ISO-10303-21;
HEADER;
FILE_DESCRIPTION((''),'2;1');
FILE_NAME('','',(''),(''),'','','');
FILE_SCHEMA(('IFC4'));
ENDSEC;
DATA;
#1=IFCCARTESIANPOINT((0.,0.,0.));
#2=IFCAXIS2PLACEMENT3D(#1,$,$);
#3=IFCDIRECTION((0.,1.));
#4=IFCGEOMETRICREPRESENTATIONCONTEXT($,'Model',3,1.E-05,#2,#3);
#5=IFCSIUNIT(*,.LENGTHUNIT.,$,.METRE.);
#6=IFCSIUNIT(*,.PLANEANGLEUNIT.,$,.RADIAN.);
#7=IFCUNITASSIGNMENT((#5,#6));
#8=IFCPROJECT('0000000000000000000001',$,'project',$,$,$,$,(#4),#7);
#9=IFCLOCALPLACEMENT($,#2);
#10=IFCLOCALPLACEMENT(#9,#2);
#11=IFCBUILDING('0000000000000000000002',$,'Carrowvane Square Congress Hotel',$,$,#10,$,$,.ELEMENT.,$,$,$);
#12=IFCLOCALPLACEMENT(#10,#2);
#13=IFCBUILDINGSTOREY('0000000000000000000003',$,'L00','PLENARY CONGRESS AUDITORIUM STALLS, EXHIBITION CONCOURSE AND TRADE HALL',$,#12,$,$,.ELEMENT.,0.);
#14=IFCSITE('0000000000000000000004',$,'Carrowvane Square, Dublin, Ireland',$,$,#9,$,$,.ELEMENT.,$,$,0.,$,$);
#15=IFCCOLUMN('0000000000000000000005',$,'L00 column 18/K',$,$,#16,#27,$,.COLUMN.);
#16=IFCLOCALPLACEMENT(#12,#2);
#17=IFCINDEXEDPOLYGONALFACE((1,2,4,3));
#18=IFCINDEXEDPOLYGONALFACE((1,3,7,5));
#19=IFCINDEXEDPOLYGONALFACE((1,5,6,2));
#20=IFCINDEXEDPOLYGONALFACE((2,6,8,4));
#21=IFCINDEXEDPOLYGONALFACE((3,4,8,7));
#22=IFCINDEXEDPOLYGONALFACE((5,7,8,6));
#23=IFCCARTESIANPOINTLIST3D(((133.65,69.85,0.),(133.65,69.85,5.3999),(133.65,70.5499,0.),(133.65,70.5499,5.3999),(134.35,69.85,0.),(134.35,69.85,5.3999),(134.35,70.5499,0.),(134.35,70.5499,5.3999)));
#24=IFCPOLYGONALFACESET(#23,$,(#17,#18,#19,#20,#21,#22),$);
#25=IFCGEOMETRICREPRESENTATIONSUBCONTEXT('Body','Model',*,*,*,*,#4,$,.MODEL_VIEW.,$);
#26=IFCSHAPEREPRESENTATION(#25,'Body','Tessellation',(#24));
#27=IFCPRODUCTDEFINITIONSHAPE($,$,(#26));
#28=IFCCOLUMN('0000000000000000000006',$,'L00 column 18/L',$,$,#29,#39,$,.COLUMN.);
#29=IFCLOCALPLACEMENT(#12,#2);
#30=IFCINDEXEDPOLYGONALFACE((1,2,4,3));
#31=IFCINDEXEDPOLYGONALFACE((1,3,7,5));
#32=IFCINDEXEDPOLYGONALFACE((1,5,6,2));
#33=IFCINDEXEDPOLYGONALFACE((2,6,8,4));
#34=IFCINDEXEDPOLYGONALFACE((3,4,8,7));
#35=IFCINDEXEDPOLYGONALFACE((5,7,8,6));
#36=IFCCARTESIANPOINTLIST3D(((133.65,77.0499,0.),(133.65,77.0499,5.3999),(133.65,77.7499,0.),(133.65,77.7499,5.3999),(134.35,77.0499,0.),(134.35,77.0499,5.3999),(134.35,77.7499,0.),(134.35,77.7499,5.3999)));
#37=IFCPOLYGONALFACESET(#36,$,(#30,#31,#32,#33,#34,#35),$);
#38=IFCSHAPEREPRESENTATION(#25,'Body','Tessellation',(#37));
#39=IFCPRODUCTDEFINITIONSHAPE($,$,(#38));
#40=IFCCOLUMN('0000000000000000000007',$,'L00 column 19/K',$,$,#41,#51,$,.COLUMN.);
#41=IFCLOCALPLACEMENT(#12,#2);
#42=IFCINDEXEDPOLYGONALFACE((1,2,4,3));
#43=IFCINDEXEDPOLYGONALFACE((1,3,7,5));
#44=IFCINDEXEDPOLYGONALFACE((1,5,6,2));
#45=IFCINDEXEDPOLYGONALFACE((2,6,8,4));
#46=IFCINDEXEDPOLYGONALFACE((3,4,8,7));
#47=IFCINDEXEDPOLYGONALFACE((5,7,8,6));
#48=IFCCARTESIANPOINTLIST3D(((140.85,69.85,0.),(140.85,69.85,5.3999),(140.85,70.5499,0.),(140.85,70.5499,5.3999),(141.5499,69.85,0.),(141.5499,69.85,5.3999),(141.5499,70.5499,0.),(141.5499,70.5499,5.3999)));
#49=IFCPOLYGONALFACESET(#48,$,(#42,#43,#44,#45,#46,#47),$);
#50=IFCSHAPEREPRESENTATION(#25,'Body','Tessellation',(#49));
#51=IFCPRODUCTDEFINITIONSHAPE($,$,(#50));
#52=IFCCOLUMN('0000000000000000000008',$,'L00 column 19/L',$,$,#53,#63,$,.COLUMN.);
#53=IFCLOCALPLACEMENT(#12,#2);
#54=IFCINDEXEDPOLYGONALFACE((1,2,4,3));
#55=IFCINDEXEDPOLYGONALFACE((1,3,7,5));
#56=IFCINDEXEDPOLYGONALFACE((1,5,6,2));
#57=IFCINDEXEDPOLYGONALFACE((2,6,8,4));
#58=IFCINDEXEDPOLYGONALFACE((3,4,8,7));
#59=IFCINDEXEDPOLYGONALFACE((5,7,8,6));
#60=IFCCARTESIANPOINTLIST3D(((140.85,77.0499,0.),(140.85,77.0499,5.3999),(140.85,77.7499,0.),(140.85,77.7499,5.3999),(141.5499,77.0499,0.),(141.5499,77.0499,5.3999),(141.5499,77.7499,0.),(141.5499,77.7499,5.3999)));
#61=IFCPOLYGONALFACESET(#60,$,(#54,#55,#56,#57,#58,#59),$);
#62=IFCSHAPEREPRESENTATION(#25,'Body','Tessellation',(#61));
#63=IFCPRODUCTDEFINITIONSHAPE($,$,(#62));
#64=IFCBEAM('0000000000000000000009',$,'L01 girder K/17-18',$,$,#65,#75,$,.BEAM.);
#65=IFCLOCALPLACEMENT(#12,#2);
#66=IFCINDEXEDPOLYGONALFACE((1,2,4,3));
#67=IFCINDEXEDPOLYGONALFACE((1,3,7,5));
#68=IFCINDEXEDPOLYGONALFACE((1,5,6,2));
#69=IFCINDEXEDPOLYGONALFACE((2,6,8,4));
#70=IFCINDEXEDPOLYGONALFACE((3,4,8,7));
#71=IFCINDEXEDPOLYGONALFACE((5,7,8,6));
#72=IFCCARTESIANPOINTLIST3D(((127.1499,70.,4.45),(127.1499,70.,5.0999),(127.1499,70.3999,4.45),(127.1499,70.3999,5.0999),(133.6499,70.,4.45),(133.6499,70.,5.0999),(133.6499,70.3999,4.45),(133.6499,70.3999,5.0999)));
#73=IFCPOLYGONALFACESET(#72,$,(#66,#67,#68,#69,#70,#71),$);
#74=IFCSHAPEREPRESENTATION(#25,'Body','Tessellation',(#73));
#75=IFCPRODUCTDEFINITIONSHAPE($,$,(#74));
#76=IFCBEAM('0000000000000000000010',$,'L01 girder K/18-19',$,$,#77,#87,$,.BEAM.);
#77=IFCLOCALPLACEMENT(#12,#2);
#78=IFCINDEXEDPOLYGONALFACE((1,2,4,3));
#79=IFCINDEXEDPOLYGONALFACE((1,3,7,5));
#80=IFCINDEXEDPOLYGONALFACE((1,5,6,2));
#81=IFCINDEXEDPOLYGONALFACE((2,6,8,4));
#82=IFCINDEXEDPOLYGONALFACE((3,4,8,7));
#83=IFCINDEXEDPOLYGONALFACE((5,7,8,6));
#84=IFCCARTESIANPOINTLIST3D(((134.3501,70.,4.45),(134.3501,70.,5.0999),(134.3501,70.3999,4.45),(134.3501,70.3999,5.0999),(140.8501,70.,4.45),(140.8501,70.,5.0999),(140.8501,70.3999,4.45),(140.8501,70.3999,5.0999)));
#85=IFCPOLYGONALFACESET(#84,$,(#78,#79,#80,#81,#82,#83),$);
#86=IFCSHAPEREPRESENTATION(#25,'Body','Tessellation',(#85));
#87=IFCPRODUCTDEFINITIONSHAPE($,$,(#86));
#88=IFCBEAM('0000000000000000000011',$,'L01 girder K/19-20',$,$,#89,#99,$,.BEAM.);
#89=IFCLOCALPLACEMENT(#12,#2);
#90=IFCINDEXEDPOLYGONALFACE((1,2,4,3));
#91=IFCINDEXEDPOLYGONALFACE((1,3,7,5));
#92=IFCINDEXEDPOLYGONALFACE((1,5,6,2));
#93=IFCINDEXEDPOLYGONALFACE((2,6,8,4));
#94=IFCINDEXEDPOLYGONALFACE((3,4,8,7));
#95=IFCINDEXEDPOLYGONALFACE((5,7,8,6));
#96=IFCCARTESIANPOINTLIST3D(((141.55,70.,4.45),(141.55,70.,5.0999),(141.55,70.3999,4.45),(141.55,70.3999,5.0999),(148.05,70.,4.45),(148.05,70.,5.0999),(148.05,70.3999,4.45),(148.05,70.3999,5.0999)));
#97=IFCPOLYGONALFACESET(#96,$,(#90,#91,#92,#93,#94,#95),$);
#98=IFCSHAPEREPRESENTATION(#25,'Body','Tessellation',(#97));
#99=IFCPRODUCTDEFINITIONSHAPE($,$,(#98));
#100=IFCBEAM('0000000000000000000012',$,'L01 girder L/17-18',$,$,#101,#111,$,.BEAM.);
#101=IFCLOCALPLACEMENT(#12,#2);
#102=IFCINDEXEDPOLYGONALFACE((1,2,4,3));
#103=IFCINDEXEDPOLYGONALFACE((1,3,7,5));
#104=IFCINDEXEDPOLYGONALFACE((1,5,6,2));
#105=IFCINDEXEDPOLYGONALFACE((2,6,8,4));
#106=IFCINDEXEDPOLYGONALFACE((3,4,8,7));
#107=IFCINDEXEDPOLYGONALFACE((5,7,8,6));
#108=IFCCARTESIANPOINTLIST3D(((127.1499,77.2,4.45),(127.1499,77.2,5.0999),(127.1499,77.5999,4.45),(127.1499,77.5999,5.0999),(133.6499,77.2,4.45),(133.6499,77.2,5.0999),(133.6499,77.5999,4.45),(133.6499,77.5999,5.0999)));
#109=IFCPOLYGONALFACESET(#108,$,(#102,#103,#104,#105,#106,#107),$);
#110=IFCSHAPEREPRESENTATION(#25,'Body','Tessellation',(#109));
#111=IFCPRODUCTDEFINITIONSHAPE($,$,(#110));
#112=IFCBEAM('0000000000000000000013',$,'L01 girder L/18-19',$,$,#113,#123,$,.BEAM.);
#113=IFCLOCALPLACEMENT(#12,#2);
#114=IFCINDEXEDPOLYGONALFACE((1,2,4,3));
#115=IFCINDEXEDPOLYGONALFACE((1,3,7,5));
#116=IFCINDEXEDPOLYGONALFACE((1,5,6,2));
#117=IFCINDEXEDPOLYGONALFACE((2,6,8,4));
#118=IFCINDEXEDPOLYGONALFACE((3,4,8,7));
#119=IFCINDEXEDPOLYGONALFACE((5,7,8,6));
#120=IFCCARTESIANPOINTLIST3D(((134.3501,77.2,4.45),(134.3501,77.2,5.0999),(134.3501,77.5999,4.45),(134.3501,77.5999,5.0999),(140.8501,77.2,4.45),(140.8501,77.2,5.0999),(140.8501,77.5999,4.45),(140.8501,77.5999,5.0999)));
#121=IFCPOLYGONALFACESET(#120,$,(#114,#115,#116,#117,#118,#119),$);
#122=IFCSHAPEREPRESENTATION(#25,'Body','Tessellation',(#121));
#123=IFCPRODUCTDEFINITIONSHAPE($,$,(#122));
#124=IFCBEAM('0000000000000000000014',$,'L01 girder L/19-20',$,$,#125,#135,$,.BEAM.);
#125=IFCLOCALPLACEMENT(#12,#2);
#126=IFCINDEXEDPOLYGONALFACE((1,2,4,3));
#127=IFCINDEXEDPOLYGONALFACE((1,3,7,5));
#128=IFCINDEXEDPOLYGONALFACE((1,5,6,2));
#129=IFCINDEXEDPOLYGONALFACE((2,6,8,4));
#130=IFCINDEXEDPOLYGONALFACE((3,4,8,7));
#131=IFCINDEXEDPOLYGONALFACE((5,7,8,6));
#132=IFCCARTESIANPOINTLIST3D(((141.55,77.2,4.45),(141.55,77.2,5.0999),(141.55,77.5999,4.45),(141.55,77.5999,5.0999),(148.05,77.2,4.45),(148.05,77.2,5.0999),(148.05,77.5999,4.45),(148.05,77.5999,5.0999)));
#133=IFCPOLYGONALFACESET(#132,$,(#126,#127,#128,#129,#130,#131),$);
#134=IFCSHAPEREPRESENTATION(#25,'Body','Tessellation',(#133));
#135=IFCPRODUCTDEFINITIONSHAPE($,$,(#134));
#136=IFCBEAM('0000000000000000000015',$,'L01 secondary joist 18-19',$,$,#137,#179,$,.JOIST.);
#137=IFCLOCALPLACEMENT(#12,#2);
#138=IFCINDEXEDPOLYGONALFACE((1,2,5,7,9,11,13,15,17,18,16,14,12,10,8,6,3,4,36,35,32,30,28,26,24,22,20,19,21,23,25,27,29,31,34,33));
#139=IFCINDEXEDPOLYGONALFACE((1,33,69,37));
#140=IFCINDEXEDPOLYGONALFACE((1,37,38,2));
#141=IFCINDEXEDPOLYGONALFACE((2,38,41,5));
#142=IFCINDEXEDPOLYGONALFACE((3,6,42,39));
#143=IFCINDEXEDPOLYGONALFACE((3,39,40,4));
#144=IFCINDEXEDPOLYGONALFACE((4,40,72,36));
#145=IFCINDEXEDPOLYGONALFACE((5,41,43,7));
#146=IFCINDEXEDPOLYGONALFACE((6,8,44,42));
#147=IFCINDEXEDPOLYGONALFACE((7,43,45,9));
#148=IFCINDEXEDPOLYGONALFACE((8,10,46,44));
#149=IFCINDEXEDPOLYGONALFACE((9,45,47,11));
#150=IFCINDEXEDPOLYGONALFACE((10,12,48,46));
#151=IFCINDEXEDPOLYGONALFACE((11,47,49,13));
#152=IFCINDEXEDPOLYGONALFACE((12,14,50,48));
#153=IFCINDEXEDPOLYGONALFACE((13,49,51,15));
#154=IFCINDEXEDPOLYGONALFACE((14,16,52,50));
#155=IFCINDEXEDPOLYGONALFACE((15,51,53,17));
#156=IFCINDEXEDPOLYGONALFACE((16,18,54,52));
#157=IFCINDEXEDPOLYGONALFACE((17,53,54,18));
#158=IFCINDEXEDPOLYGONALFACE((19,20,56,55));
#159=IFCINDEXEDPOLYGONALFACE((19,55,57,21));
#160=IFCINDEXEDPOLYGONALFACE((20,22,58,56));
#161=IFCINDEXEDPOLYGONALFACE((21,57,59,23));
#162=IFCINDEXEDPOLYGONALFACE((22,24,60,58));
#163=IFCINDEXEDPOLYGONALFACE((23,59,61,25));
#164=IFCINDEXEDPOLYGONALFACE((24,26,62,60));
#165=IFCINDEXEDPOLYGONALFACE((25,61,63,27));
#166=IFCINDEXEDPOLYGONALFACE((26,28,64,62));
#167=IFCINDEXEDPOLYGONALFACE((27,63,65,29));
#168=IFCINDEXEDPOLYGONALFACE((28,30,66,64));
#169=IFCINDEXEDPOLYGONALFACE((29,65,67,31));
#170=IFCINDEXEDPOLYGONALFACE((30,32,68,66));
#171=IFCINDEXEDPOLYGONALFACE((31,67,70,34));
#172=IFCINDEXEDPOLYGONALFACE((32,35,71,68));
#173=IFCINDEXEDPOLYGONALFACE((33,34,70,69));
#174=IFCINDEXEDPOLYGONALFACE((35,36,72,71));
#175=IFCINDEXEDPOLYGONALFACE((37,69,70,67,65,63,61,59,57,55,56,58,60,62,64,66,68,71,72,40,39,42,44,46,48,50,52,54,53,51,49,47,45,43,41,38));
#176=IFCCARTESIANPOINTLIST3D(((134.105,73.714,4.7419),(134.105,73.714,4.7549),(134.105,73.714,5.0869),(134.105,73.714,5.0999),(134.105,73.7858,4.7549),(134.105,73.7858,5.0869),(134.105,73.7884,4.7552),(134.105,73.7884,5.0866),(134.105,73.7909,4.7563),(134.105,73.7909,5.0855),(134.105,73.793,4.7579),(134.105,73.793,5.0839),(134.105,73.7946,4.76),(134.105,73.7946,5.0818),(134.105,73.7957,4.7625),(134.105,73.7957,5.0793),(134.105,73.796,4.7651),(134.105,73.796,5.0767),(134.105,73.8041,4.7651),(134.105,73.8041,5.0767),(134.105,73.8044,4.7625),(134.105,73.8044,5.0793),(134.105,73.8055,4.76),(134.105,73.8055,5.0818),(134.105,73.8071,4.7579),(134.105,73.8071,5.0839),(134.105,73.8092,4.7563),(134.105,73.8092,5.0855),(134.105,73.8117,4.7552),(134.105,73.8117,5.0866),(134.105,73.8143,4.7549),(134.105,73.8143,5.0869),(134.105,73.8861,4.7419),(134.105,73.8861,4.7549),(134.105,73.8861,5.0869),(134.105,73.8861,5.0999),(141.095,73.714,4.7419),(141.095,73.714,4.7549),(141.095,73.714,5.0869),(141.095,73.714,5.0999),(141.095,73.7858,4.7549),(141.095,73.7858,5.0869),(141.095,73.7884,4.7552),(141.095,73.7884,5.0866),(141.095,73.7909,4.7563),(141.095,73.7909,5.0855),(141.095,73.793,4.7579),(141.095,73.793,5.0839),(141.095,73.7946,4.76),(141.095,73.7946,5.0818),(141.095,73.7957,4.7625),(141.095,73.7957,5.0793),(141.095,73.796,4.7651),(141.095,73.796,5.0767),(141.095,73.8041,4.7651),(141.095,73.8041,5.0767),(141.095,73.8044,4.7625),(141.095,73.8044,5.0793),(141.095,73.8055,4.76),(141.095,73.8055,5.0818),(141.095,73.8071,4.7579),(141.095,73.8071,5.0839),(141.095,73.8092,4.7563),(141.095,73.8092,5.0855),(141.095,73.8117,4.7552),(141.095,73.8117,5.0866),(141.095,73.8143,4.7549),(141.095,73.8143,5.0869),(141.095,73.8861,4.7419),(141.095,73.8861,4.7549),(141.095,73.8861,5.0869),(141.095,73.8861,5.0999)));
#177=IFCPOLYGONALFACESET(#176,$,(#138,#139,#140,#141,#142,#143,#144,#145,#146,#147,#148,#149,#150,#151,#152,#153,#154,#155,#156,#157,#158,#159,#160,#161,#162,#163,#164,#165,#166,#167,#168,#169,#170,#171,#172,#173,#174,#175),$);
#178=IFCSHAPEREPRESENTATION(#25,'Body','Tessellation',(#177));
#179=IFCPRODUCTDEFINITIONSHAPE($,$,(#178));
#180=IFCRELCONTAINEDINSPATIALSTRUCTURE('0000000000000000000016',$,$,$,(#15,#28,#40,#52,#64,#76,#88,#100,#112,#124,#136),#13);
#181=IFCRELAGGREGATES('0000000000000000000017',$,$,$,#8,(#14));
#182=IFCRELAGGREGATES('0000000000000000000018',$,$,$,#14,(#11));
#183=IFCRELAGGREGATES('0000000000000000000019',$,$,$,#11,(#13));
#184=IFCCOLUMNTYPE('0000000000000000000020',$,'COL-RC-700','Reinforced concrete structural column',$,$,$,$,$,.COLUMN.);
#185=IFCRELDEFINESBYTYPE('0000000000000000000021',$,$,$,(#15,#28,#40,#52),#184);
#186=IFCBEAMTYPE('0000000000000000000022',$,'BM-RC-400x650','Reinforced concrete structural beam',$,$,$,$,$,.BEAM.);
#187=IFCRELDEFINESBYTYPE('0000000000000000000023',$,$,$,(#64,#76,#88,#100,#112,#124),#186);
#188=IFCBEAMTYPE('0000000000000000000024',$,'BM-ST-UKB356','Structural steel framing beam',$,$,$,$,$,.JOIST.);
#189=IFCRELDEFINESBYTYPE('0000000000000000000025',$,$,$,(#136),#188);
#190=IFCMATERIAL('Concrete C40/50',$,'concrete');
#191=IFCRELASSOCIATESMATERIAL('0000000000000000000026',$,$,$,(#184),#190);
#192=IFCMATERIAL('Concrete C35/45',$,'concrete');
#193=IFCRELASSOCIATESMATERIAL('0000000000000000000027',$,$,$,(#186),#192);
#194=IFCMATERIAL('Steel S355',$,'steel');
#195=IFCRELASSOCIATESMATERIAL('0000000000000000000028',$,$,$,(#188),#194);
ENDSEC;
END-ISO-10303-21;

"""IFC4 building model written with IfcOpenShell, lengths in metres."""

from ifc_helpers import new_model, si_unit, direction, frame, origin, origin_2d, place, context, subcontext, project, spatial, rectangle, i_section, extrude, material, material_profile, profile_set, type_object, element, save


model = new_model("IFC4")

# Units and contexts
model_context = context("Model", 3, precision=1e-05, world=origin(), true_north=direction((0.0, 1.0)))
body_context = subcontext(model_context, "Body", "Model", "MODEL_VIEW")
ifc_project = project(units=[si_unit("LENGTHUNIT", "METRE"), si_unit("PLANEANGLEUNIT", "RADIAN")], contexts=[model_context])

# Site, building, storey
site_placement = place(None, origin())
site = spatial("IfcSite", under=ifc_project, at=site_placement, Name="Carrowvane Square, Dublin, Ireland", CompositionType="ELEMENT", RefElevation=0.0)
building_placement = place(site_placement, origin())
building = spatial("IfcBuilding", under=site, at=building_placement, Name="Carrowvane Square Congress Hotel", CompositionType="ELEMENT")
storey_placement = place(building_placement, origin())
storey = spatial("IfcBuildingStorey", under=building, at=storey_placement, Name="L00", Description="PLENARY CONGRESS AUDITORIUM STALLS, EXHIBITION CONCOURSE AND TRADE HALL", CompositionType="ELEMENT", Elevation=0.0)

# Columns
ifc_material_1 = material(Name="Concrete C40/50", Category="concrete")
ifc_material_profile_1 = material_profile(ifc_material_1, rectangle(XDim=0.7, YDim=0.7, at=origin_2d()), Name="RC 700x700")
ifc_profile_set_1 = profile_set([ifc_material_profile_1], Name="Concrete C40/50")
column_type = type_object("IfcColumnType", Name="COL-RC-700", Description="Reinforced concrete structural column", PredefinedType="COLUMN", material=ifc_profile_set_1)
for number, where, z_axis, x_axis, name in (
    (1, (134.0, 70.2, 0.0), (0.0, 0.0, 1.0), (1.0, 0.0, 0.0), "L00 column 18/K"),
    (2, (134.0, 77.3999, 0.0), (0.0, 0.0, 1.0), (1.0, 0.0, 0.0), "L00 column 18/L"),
    (3, (141.2, 70.2, 0.0), (0.0, 0.0, 1.0), (1.0, 0.0, 0.0), "L00 column 19/K"),
    (4, (141.2, 77.3999, 0.0), (0.0, 0.0, 1.0), (1.0, 0.0, 0.0), "L00 column 19/L"),
):
    element("IfcColumn", number, at=place(storey_placement, frame(where, z_axis=z_axis, x_axis=x_axis)), inside=storey, type_object=column_type, Name=name, PredefinedType="COLUMN", context=body_context, shape_type="SweptSolid", body=[
        extrude(rectangle(XDim=0.7, YDim=0.7, at=origin_2d()), origin(), (0.0, 0.0, 1.0), 5.3999),
    ])

# Beams
ifc_material_2 = material(Name="Concrete C35/45", Category="concrete")
ifc_material_profile_2 = material_profile(ifc_material_2, rectangle(XDim=0.3999, YDim=0.6499, at=origin_2d()), Name="RC 400x650")
ifc_profile_set_2 = profile_set([ifc_material_profile_2], Name="Concrete C35/45")
beam_type_1 = type_object("IfcBeamType", Name="BM-RC-400x650", Description="Reinforced concrete structural beam", PredefinedType="BEAM", material=ifc_profile_set_2)
for number, where, z_axis, x_axis, name in (
    (5, (127.1499, 70.2, 4.7749), (1.0, 0.0, 0.0), (0.0, 1.0, 0.0), "L01 girder K/17-18"),
    (6, (134.3501, 70.2, 4.7749), (1.0, 0.0, 0.0), (0.0, 1.0, 0.0), "L01 girder K/18-19"),
    (7, (141.55, 70.2, 4.7749), (1.0, 0.0, 0.0), (0.0, 1.0, 0.0), "L01 girder K/19-20"),
    (8, (127.1499, 77.3999, 4.7749), (1.0, 0.0, 0.0), (0.0, 1.0, 0.0), "L01 girder L/17-18"),
    (9, (134.3501, 77.3999, 4.7749), (1.0, 0.0, 0.0), (0.0, 1.0, 0.0), "L01 girder L/18-19"),
    (10, (141.55, 77.3999, 4.7749), (1.0, 0.0, 0.0), (0.0, 1.0, 0.0), "L01 girder L/19-20"),
):
    element("IfcBeam", number, at=place(storey_placement, frame(where, z_axis=z_axis, x_axis=x_axis)), inside=storey, type_object=beam_type_1, Name=name, PredefinedType="BEAM", context=body_context, shape_type="SweptSolid", body=[
        extrude(rectangle(XDim=0.3999, YDim=0.6499, at=origin_2d()), origin(), (0.0, 0.0, 1.0), 6.5),
    ])
ifc_material_3 = material(Name="Steel S355", Category="steel")
ifc_material_profile_3 = material_profile(ifc_material_3, i_section(OverallWidth=0.1721, OverallDepth=0.3579, WebThickness=0.0081, FlangeThickness=0.0129, FilletRadius=0.0103, at=origin_2d()), Name="UKB 356x171x57")
ifc_profile_set_3 = profile_set([ifc_material_profile_3], Name="Steel S355")
beam_type_2 = type_object("IfcBeamType", Name="BM-ST-UKB356", Description="Structural steel framing beam", PredefinedType="JOIST", material=ifc_profile_set_3)
for number, where, z_axis, x_axis, name in (
    (11, (134.105, 73.8, 4.9209), (1.0, 0.0, 0.0), (0.0, 1.0, 0.0), "L01 secondary joist 18-19"),
):
    element("IfcBeam", number, at=place(storey_placement, frame(where, z_axis=z_axis, x_axis=x_axis)), inside=storey, type_object=beam_type_2, Name=name, PredefinedType="JOIST", context=body_context, shape_type="SweptSolid", body=[
        extrude(i_section(OverallWidth=0.1721, OverallDepth=0.3579, WebThickness=0.0081, FlangeThickness=0.0129, FilletRadius=0.0103, at=origin_2d()), origin(), (0.0, 0.0, 1.0), 6.99),
    ])

save(model, "model.ifc")
